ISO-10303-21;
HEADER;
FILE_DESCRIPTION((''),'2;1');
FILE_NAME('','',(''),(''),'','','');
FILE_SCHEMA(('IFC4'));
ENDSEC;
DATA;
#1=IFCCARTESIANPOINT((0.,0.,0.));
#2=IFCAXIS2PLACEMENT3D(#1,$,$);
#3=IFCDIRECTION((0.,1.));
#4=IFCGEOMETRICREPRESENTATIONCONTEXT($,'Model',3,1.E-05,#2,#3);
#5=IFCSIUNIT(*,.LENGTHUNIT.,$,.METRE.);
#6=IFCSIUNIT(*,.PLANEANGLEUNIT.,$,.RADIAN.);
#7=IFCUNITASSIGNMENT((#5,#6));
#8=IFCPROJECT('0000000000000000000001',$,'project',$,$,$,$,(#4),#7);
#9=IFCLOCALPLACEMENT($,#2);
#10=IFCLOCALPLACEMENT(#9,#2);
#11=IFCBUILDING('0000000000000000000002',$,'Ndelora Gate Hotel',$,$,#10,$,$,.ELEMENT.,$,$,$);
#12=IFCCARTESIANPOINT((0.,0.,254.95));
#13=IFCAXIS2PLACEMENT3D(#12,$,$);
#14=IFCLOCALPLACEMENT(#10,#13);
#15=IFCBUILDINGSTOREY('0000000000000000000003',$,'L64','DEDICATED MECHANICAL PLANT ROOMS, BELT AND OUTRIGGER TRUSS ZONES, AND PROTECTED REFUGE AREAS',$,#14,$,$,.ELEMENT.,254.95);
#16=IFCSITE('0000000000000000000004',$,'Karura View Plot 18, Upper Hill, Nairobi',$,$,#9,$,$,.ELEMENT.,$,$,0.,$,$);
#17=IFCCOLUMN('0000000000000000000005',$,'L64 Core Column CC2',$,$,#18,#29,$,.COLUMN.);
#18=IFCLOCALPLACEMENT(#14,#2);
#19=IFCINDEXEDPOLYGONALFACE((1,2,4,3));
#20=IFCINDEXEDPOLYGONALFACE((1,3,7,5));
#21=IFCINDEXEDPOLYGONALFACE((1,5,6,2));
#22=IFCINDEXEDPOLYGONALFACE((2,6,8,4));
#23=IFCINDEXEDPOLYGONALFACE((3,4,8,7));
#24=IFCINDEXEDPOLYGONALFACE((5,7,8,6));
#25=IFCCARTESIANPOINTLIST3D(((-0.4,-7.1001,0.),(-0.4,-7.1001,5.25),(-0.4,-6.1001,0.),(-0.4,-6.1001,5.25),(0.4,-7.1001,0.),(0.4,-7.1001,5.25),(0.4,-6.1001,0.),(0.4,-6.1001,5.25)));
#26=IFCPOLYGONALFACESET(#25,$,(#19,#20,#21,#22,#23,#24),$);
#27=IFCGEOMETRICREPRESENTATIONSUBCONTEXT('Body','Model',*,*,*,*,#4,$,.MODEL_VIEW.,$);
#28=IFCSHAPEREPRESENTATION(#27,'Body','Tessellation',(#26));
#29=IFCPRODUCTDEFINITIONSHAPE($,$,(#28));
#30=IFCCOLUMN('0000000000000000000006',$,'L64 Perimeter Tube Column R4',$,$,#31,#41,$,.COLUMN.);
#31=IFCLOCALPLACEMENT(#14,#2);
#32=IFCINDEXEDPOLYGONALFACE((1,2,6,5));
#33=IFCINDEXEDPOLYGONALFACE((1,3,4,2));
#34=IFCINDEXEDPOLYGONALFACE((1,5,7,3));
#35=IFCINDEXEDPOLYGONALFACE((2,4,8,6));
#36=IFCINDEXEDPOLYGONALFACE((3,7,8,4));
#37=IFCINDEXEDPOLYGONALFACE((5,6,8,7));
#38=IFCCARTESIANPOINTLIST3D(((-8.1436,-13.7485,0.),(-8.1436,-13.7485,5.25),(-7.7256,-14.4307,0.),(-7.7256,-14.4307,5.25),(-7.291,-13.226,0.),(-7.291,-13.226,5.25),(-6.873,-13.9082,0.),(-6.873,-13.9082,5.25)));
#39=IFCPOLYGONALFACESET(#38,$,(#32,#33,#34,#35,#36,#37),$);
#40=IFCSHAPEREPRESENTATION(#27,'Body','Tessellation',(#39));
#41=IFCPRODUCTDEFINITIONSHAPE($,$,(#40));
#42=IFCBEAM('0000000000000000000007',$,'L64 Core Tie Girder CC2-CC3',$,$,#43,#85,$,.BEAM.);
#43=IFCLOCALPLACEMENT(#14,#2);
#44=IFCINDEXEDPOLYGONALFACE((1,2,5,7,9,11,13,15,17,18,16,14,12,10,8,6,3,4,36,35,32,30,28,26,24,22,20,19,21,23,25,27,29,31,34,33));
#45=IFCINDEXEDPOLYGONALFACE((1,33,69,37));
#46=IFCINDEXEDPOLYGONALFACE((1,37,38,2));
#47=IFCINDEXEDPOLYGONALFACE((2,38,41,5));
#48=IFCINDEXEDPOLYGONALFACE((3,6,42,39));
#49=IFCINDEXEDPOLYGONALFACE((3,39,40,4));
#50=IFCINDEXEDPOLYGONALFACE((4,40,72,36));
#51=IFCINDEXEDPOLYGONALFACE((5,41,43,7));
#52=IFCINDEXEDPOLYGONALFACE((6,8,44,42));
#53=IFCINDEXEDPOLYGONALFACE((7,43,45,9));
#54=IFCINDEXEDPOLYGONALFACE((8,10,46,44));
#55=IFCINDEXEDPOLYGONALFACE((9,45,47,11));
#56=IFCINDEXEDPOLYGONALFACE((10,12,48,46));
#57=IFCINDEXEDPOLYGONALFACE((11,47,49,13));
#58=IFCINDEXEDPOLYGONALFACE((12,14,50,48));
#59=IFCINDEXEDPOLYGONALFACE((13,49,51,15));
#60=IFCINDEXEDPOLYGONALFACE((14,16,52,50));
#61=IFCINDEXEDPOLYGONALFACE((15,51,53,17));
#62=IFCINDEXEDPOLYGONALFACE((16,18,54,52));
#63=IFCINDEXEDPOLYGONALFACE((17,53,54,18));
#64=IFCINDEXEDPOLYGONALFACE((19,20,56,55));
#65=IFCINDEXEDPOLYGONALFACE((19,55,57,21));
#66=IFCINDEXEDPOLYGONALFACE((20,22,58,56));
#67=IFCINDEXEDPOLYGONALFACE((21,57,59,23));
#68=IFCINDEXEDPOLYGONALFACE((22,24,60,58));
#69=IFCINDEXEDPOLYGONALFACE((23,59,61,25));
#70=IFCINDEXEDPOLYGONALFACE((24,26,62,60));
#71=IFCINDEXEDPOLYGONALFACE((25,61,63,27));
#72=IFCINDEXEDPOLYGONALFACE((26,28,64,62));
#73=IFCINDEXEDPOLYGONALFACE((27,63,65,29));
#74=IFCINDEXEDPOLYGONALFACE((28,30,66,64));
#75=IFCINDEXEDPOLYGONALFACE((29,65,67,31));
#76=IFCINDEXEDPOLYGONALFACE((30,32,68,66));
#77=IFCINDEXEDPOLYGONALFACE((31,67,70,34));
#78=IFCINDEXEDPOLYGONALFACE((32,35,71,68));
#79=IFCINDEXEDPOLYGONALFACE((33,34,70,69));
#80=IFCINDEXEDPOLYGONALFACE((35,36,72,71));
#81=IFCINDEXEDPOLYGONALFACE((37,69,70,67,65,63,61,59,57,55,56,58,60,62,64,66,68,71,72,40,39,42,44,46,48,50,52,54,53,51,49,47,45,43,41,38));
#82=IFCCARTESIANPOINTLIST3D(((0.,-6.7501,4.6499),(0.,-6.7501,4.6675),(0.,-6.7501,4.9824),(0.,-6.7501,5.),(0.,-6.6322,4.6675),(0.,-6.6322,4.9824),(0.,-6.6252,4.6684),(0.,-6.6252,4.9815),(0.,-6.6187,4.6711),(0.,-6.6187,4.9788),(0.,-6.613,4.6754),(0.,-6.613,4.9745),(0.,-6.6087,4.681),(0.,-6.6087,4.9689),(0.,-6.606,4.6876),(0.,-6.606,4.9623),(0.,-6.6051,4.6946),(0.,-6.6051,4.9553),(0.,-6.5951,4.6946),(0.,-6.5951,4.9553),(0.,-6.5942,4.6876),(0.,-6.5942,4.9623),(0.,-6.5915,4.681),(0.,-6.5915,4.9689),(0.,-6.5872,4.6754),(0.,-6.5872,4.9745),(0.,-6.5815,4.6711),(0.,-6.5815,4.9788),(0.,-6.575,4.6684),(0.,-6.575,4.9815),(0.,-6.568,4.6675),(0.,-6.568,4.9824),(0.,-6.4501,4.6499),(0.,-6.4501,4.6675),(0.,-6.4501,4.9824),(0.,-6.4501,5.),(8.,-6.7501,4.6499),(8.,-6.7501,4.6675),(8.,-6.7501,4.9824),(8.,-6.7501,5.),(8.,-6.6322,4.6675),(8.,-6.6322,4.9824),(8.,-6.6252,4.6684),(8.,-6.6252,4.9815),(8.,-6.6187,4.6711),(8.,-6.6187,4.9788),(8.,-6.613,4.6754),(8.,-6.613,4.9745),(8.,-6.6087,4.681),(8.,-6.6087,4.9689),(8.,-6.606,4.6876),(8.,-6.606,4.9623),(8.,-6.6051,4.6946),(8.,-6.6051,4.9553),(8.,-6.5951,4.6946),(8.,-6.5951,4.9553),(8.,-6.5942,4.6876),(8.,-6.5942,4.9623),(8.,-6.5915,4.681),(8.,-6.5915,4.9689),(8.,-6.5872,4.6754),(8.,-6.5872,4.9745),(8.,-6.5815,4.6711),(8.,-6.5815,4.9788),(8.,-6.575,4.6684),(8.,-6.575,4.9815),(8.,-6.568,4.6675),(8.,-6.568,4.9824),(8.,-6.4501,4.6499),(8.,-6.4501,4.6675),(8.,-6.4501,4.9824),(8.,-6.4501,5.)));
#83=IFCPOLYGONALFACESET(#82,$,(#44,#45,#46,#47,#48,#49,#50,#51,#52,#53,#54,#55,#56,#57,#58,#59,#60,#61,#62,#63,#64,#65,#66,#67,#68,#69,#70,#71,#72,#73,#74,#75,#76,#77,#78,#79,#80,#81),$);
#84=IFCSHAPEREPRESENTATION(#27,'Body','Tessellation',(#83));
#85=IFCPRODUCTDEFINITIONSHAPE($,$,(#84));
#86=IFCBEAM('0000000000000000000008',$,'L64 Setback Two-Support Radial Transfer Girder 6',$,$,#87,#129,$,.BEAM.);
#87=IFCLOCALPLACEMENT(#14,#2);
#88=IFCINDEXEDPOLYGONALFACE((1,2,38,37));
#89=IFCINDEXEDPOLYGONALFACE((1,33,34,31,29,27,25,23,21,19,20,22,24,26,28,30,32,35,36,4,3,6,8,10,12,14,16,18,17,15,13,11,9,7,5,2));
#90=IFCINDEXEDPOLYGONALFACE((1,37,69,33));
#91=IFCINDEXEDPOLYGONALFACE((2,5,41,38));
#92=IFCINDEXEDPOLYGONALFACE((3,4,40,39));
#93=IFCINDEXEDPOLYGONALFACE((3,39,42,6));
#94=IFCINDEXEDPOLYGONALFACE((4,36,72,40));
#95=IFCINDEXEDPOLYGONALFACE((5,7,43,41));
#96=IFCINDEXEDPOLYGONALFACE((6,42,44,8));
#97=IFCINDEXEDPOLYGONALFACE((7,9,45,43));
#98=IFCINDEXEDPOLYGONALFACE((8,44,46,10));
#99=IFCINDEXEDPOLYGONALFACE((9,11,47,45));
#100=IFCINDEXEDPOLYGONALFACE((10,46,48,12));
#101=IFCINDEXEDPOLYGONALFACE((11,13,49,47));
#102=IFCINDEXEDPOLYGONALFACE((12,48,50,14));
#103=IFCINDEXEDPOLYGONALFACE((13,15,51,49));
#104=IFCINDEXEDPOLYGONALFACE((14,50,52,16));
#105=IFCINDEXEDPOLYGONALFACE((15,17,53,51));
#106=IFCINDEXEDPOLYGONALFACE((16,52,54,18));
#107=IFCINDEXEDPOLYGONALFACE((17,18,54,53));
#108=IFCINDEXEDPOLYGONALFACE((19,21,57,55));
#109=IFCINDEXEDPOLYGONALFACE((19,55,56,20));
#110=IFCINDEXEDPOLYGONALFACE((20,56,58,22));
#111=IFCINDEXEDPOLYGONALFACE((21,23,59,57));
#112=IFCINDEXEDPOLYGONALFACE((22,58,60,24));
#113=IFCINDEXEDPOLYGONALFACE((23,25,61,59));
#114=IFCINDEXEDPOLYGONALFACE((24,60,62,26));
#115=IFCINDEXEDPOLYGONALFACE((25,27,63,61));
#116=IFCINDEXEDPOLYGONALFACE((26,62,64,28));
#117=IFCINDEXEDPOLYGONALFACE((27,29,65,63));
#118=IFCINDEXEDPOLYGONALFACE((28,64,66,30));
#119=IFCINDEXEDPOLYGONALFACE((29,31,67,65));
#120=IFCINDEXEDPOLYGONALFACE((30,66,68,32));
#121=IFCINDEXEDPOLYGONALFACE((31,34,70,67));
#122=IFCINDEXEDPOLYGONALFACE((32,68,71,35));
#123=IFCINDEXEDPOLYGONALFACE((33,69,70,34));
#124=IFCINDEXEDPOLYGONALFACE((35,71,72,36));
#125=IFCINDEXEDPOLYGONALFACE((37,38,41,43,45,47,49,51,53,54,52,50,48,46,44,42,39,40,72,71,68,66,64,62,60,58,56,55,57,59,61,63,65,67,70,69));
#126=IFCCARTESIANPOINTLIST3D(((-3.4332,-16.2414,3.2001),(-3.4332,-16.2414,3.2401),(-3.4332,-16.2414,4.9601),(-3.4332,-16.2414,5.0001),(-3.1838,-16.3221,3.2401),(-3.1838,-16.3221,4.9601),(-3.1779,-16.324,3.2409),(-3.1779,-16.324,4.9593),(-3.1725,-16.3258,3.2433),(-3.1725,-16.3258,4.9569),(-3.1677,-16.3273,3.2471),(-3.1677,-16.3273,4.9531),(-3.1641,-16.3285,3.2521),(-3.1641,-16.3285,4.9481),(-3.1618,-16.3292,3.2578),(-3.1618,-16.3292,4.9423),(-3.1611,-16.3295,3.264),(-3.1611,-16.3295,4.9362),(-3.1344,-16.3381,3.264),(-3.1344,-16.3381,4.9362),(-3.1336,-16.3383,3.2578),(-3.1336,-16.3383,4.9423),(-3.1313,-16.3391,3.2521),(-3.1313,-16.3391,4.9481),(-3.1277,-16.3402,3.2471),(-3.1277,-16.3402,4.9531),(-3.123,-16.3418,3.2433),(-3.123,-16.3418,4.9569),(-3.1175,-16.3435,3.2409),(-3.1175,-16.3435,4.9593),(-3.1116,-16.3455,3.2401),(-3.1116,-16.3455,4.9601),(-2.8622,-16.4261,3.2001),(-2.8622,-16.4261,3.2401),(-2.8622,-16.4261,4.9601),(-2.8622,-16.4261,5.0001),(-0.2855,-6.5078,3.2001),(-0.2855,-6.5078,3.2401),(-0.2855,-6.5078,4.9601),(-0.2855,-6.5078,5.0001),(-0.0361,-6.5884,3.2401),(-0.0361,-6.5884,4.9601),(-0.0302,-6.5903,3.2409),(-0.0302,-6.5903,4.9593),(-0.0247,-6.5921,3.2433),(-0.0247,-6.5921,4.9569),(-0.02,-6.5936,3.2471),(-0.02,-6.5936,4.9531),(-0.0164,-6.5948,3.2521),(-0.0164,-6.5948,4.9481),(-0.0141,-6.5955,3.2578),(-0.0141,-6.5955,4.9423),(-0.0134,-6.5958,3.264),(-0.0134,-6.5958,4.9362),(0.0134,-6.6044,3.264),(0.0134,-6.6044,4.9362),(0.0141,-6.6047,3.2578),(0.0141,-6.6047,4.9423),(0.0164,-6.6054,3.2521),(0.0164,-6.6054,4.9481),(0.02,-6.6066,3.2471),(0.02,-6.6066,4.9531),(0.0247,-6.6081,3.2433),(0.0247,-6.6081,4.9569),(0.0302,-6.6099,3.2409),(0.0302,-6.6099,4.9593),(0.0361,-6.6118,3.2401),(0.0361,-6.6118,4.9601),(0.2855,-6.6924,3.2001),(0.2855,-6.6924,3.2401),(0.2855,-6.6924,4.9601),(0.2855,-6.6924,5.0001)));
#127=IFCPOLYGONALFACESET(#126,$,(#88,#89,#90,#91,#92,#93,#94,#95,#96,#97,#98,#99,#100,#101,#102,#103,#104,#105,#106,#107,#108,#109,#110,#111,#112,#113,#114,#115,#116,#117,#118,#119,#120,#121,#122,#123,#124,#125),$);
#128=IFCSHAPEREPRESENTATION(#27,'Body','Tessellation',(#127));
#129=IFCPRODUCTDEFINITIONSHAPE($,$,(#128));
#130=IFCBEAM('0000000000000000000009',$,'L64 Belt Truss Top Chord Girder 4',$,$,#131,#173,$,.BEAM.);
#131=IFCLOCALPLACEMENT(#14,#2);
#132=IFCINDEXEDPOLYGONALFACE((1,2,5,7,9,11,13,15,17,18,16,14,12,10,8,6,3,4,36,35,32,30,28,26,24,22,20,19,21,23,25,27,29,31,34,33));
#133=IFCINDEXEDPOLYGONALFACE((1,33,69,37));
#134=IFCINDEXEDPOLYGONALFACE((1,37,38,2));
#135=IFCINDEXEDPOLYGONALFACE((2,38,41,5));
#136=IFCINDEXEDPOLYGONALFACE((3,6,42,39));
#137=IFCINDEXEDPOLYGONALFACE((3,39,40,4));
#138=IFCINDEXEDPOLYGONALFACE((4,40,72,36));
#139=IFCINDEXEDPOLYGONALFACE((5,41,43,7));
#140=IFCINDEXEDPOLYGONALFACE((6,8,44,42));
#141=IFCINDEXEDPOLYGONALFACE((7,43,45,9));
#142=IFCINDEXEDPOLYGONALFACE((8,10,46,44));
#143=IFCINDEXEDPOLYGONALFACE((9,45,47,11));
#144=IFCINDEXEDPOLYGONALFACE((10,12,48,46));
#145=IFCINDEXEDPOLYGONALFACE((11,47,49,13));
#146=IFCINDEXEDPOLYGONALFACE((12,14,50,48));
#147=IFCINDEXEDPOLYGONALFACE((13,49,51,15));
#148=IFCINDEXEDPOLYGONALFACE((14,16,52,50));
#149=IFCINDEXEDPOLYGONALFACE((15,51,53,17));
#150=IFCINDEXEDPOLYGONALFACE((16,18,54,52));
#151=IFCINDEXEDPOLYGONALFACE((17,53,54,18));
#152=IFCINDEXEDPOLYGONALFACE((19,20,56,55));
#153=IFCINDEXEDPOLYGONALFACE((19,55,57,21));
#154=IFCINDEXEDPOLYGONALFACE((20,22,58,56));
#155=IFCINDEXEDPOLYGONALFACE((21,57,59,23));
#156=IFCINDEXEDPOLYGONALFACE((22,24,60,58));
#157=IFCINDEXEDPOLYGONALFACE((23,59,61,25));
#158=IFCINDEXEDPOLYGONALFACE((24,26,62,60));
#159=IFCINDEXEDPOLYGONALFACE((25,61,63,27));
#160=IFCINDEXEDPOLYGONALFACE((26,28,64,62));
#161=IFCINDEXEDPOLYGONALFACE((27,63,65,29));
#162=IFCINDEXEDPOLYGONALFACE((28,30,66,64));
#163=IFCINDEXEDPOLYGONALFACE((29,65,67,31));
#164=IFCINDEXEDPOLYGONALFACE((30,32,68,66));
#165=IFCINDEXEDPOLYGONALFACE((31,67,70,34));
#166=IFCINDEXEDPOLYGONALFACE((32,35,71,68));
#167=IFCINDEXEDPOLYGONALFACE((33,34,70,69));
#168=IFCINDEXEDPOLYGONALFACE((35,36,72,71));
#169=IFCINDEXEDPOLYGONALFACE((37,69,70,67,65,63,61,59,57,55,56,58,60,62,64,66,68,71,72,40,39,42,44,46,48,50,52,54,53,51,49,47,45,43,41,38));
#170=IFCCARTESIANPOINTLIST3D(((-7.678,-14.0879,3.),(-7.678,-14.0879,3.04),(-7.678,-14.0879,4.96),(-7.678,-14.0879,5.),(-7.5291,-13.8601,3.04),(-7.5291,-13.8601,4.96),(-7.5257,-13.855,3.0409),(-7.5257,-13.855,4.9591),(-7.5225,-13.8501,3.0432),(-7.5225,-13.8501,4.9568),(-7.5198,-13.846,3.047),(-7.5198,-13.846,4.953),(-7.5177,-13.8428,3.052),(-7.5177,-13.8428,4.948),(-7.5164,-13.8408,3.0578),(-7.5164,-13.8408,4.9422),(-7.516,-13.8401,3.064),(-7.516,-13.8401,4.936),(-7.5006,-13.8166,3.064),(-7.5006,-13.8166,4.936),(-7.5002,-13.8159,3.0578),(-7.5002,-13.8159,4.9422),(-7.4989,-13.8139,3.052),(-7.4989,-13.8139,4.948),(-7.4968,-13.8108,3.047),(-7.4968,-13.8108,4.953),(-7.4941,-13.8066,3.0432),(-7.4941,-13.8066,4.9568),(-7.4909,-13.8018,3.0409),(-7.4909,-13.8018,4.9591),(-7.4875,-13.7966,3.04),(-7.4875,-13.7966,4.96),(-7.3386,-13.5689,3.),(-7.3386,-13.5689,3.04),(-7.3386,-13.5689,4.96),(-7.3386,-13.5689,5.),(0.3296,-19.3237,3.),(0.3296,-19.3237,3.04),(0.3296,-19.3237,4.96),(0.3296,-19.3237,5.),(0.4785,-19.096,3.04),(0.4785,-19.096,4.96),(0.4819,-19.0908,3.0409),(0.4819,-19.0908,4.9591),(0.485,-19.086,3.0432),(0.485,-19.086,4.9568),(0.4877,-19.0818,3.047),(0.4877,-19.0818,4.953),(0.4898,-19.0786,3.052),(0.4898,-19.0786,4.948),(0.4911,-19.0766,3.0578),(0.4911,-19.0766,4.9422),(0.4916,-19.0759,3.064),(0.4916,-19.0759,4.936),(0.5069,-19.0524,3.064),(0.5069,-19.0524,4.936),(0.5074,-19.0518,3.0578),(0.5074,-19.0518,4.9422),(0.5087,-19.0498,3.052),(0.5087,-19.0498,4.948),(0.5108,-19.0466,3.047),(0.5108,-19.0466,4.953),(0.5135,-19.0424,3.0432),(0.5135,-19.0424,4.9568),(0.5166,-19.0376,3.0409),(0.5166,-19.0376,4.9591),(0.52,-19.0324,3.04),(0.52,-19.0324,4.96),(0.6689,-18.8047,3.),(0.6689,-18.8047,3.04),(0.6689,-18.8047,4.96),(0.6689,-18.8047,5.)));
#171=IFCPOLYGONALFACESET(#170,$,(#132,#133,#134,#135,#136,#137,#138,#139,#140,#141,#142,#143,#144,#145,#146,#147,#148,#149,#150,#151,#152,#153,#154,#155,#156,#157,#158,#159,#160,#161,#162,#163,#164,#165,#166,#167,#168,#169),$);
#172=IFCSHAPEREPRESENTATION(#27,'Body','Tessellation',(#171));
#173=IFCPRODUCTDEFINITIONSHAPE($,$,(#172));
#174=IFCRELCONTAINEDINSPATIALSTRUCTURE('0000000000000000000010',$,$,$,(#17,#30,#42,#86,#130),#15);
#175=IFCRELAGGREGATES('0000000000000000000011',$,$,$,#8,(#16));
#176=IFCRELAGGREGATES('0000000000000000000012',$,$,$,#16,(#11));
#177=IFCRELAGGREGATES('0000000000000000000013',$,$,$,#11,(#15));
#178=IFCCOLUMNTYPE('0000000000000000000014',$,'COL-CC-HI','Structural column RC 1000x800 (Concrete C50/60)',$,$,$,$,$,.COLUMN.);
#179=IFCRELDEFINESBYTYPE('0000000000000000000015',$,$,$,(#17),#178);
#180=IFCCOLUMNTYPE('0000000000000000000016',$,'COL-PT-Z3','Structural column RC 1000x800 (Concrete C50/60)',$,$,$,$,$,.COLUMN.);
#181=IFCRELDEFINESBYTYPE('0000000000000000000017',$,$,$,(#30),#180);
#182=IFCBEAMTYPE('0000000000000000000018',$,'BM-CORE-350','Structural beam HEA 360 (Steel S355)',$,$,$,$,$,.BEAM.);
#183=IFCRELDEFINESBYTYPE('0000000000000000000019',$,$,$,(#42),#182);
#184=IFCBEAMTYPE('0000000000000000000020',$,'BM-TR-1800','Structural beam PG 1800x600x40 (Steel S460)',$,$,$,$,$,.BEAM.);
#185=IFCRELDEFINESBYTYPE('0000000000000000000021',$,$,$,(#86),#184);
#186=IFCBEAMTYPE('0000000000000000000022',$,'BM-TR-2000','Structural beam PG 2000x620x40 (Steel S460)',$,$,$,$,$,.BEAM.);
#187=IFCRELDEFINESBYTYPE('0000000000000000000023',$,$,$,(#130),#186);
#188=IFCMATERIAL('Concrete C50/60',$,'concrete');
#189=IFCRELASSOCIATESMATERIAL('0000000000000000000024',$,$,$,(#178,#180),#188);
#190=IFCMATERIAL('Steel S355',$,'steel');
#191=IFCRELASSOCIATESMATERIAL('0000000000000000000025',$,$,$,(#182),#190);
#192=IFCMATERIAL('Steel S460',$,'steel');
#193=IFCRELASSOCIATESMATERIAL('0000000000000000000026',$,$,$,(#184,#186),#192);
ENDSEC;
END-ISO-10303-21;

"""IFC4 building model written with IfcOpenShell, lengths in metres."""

from ifc_helpers import new_model, si_unit, direction, frame, origin, origin_2d, place, context, subcontext, project, spatial, rectangle, i_section, extrude, material, material_profile, profile_set, type_object, element, save


model = new_model("IFC4")

# Units and contexts
model_context = context("Model", 3, precision=1e-05, world=origin(), true_north=direction((0.0, 1.0)))
body_context = subcontext(model_context, "Body", "Model", "MODEL_VIEW")
ifc_project = project(units=[si_unit("LENGTHUNIT", "METRE"), si_unit("PLANEANGLEUNIT", "RADIAN")], contexts=[model_context])

# Site, building, storey
site_placement = place(None, origin())
site = spatial("IfcSite", under=ifc_project, at=site_placement, Name="Karura View Plot 18, Upper Hill, Nairobi", CompositionType="ELEMENT", RefElevation=0.0)
building_placement = place(site_placement, origin())
building = spatial("IfcBuilding", under=site, at=building_placement, Name="Ndelora Gate Hotel", CompositionType="ELEMENT")
storey_placement = place(building_placement, frame((0.0, 0.0, 254.95)))
storey = spatial("IfcBuildingStorey", under=building, at=storey_placement, Name="L64", Description="DEDICATED MECHANICAL PLANT ROOMS, BELT AND OUTRIGGER TRUSS ZONES, AND PROTECTED REFUGE AREAS", CompositionType="ELEMENT", Elevation=254.95)

# Columns
ifc_material_1 = material(Name="Concrete C50/60", Category="concrete")
ifc_material_profile_1 = material_profile(ifc_material_1, rectangle(XDim=0.8, YDim=1.0, at=origin_2d()), Name="RC 1000x800")
ifc_profile_set_1 = profile_set([ifc_material_profile_1], Name="Concrete C50/60")
column_type_1 = type_object("IfcColumnType", Name="COL-CC-HI", Description="Structural column RC 1000x800 (Concrete C50/60)", PredefinedType="COLUMN", material=ifc_profile_set_1)
column_1_placement = place(storey_placement, frame((0.0, -6.6001, 0.0), z_axis=(0.0, 0.0, 1.0), x_axis=(1.0, 0.0, 0.0)))
element("IfcColumn", 1, at=column_1_placement, inside=storey, type_object=column_type_1, Name="L64 Core Column CC2", PredefinedType="COLUMN", context=body_context, shape_type="SweptSolid", body=[
    extrude(rectangle(XDim=0.8, YDim=1.0, at=origin_2d()), origin(), (0.0, 0.0, 1.0), 5.25),
])
ifc_material_profile_2 = material_profile(ifc_material_1, rectangle(XDim=0.8, YDim=1.0, at=origin_2d()), Name="RC 1000x800")
ifc_profile_set_2 = profile_set([ifc_material_profile_2], Name="Concrete C50/60")
column_type_2 = type_object("IfcColumnType", Name="COL-PT-Z3", Description="Structural column RC 1000x800 (Concrete C50/60)", PredefinedType="COLUMN", material=ifc_profile_set_2)
column_2_placement = place(storey_placement, frame((-7.5083, -13.8284, 0.0), z_axis=(0.0, 0.0, 1.0), x_axis=(-0.522499, 0.85264, 0.0)))
element("IfcColumn", 2, at=column_2_placement, inside=storey, type_object=column_type_2, Name="L64 Perimeter Tube Column R4", PredefinedType="COLUMN", context=body_context, shape_type="SweptSolid", body=[
    extrude(rectangle(XDim=0.8, YDim=1.0, at=origin_2d()), origin(), (0.0, 0.0, 1.0), 5.25),
])

# Beams
ifc_material_2 = material(Name="Steel S355", Category="steel")
ifc_material_profile_3 = material_profile(ifc_material_2, i_section(OverallWidth=0.3, OverallDepth=0.3501, WebThickness=0.01, FlangeThickness=0.0176, FilletRadius=0.0271, at=origin_2d()), Name="HEA 360")
ifc_profile_set_3 = profile_set([ifc_material_profile_3], Name="Steel S355")
beam_type_1 = type_object("IfcBeamType", Name="BM-CORE-350", Description="Structural beam HEA 360 (Steel S355)", PredefinedType="BEAM", material=ifc_profile_set_3)
beam_1_placement = place(storey_placement, frame((0.0, -6.6001, 4.825), z_axis=(1.0, 0.0, 0.0), x_axis=(0.0, 1.0, 0.0)))
element("IfcBeam", 3, at=beam_1_placement, inside=storey, type_object=beam_type_1, Name="L64 Core Tie Girder CC2-CC3", PredefinedType="BEAM", context=body_context, shape_type="SweptSolid", body=[
    extrude(i_section(OverallWidth=0.3, OverallDepth=0.3501, WebThickness=0.01, FlangeThickness=0.0176, FilletRadius=0.0271, at=origin_2d()), origin(), (0.0, 0.0, 1.0), 8.0),
])
ifc_material_3 = material(Name="Steel S460", Category="steel")
ifc_material_profile_4 = material_profile(ifc_material_3, i_section(OverallWidth=0.6001, OverallDepth=1.8, WebThickness=0.0281, FlangeThickness=0.04, FilletRadius=0.0239, at=origin_2d()), Name="PG 1800x600x40")
ifc_profile_set_4 = profile_set([ifc_material_profile_4], Name="Steel S460")
beam_type_2 = type_object("IfcBeamType", Name="BM-TR-1800", Description="Structural beam PG 1800x600x40 (Steel S460)", PredefinedType="BEAM", material=ifc_profile_set_4)
beam_2_placement = place(storey_placement, frame((0.0, -6.6001, 4.1001), z_axis=(-0.307695, -0.951485, 0.0), x_axis=(0.951485, -0.307695, 0.0)))
element("IfcBeam", 4, at=beam_2_placement, inside=storey, type_object=beam_type_2, Name="L64 Setback Two-Support Radial Transfer Girder 6", PredefinedType="BEAM", context=body_context, shape_type="SweptSolid", body=[
    extrude(i_section(OverallWidth=0.6001, OverallDepth=1.8, WebThickness=0.0281, FlangeThickness=0.04, FilletRadius=0.0239, at=origin_2d()), origin(), (0.0, 0.0, 1.0), 10.23),
])
ifc_material_profile_5 = material_profile(ifc_material_3, i_section(OverallWidth=0.6201, OverallDepth=2.0, WebThickness=0.0281, FlangeThickness=0.04, FilletRadius=0.0239, at=origin_2d()), Name="PG 2000x620x40")
ifc_profile_set_5 = profile_set([ifc_material_profile_5], Name="Steel S460")
beam_type_3 = type_object("IfcBeamType", Name="BM-TR-2000", Description="Structural beam PG 2000x620x40 (Steel S460)", PredefinedType="BEAM", material=ifc_profile_set_5)
beam_3_placement = place(storey_placement, frame((-7.5083, -13.8284, 4.0), z_axis=(0.836964, -0.547258, 0.0), x_axis=(0.547258, 0.836964, 0.0)))
element("IfcBeam", 5, at=beam_3_placement, inside=storey, type_object=beam_type_3, Name="L64 Belt Truss Top Chord Girder 4", PredefinedType="BEAM", context=body_context, shape_type="SweptSolid", body=[
    extrude(i_section(OverallWidth=0.6201, OverallDepth=2.0, WebThickness=0.0281, FlangeThickness=0.04, FilletRadius=0.0239, at=origin_2d()), origin(), (0.0, 0.0, 1.0), 9.5674),
])

save(model, "model.ifc")
